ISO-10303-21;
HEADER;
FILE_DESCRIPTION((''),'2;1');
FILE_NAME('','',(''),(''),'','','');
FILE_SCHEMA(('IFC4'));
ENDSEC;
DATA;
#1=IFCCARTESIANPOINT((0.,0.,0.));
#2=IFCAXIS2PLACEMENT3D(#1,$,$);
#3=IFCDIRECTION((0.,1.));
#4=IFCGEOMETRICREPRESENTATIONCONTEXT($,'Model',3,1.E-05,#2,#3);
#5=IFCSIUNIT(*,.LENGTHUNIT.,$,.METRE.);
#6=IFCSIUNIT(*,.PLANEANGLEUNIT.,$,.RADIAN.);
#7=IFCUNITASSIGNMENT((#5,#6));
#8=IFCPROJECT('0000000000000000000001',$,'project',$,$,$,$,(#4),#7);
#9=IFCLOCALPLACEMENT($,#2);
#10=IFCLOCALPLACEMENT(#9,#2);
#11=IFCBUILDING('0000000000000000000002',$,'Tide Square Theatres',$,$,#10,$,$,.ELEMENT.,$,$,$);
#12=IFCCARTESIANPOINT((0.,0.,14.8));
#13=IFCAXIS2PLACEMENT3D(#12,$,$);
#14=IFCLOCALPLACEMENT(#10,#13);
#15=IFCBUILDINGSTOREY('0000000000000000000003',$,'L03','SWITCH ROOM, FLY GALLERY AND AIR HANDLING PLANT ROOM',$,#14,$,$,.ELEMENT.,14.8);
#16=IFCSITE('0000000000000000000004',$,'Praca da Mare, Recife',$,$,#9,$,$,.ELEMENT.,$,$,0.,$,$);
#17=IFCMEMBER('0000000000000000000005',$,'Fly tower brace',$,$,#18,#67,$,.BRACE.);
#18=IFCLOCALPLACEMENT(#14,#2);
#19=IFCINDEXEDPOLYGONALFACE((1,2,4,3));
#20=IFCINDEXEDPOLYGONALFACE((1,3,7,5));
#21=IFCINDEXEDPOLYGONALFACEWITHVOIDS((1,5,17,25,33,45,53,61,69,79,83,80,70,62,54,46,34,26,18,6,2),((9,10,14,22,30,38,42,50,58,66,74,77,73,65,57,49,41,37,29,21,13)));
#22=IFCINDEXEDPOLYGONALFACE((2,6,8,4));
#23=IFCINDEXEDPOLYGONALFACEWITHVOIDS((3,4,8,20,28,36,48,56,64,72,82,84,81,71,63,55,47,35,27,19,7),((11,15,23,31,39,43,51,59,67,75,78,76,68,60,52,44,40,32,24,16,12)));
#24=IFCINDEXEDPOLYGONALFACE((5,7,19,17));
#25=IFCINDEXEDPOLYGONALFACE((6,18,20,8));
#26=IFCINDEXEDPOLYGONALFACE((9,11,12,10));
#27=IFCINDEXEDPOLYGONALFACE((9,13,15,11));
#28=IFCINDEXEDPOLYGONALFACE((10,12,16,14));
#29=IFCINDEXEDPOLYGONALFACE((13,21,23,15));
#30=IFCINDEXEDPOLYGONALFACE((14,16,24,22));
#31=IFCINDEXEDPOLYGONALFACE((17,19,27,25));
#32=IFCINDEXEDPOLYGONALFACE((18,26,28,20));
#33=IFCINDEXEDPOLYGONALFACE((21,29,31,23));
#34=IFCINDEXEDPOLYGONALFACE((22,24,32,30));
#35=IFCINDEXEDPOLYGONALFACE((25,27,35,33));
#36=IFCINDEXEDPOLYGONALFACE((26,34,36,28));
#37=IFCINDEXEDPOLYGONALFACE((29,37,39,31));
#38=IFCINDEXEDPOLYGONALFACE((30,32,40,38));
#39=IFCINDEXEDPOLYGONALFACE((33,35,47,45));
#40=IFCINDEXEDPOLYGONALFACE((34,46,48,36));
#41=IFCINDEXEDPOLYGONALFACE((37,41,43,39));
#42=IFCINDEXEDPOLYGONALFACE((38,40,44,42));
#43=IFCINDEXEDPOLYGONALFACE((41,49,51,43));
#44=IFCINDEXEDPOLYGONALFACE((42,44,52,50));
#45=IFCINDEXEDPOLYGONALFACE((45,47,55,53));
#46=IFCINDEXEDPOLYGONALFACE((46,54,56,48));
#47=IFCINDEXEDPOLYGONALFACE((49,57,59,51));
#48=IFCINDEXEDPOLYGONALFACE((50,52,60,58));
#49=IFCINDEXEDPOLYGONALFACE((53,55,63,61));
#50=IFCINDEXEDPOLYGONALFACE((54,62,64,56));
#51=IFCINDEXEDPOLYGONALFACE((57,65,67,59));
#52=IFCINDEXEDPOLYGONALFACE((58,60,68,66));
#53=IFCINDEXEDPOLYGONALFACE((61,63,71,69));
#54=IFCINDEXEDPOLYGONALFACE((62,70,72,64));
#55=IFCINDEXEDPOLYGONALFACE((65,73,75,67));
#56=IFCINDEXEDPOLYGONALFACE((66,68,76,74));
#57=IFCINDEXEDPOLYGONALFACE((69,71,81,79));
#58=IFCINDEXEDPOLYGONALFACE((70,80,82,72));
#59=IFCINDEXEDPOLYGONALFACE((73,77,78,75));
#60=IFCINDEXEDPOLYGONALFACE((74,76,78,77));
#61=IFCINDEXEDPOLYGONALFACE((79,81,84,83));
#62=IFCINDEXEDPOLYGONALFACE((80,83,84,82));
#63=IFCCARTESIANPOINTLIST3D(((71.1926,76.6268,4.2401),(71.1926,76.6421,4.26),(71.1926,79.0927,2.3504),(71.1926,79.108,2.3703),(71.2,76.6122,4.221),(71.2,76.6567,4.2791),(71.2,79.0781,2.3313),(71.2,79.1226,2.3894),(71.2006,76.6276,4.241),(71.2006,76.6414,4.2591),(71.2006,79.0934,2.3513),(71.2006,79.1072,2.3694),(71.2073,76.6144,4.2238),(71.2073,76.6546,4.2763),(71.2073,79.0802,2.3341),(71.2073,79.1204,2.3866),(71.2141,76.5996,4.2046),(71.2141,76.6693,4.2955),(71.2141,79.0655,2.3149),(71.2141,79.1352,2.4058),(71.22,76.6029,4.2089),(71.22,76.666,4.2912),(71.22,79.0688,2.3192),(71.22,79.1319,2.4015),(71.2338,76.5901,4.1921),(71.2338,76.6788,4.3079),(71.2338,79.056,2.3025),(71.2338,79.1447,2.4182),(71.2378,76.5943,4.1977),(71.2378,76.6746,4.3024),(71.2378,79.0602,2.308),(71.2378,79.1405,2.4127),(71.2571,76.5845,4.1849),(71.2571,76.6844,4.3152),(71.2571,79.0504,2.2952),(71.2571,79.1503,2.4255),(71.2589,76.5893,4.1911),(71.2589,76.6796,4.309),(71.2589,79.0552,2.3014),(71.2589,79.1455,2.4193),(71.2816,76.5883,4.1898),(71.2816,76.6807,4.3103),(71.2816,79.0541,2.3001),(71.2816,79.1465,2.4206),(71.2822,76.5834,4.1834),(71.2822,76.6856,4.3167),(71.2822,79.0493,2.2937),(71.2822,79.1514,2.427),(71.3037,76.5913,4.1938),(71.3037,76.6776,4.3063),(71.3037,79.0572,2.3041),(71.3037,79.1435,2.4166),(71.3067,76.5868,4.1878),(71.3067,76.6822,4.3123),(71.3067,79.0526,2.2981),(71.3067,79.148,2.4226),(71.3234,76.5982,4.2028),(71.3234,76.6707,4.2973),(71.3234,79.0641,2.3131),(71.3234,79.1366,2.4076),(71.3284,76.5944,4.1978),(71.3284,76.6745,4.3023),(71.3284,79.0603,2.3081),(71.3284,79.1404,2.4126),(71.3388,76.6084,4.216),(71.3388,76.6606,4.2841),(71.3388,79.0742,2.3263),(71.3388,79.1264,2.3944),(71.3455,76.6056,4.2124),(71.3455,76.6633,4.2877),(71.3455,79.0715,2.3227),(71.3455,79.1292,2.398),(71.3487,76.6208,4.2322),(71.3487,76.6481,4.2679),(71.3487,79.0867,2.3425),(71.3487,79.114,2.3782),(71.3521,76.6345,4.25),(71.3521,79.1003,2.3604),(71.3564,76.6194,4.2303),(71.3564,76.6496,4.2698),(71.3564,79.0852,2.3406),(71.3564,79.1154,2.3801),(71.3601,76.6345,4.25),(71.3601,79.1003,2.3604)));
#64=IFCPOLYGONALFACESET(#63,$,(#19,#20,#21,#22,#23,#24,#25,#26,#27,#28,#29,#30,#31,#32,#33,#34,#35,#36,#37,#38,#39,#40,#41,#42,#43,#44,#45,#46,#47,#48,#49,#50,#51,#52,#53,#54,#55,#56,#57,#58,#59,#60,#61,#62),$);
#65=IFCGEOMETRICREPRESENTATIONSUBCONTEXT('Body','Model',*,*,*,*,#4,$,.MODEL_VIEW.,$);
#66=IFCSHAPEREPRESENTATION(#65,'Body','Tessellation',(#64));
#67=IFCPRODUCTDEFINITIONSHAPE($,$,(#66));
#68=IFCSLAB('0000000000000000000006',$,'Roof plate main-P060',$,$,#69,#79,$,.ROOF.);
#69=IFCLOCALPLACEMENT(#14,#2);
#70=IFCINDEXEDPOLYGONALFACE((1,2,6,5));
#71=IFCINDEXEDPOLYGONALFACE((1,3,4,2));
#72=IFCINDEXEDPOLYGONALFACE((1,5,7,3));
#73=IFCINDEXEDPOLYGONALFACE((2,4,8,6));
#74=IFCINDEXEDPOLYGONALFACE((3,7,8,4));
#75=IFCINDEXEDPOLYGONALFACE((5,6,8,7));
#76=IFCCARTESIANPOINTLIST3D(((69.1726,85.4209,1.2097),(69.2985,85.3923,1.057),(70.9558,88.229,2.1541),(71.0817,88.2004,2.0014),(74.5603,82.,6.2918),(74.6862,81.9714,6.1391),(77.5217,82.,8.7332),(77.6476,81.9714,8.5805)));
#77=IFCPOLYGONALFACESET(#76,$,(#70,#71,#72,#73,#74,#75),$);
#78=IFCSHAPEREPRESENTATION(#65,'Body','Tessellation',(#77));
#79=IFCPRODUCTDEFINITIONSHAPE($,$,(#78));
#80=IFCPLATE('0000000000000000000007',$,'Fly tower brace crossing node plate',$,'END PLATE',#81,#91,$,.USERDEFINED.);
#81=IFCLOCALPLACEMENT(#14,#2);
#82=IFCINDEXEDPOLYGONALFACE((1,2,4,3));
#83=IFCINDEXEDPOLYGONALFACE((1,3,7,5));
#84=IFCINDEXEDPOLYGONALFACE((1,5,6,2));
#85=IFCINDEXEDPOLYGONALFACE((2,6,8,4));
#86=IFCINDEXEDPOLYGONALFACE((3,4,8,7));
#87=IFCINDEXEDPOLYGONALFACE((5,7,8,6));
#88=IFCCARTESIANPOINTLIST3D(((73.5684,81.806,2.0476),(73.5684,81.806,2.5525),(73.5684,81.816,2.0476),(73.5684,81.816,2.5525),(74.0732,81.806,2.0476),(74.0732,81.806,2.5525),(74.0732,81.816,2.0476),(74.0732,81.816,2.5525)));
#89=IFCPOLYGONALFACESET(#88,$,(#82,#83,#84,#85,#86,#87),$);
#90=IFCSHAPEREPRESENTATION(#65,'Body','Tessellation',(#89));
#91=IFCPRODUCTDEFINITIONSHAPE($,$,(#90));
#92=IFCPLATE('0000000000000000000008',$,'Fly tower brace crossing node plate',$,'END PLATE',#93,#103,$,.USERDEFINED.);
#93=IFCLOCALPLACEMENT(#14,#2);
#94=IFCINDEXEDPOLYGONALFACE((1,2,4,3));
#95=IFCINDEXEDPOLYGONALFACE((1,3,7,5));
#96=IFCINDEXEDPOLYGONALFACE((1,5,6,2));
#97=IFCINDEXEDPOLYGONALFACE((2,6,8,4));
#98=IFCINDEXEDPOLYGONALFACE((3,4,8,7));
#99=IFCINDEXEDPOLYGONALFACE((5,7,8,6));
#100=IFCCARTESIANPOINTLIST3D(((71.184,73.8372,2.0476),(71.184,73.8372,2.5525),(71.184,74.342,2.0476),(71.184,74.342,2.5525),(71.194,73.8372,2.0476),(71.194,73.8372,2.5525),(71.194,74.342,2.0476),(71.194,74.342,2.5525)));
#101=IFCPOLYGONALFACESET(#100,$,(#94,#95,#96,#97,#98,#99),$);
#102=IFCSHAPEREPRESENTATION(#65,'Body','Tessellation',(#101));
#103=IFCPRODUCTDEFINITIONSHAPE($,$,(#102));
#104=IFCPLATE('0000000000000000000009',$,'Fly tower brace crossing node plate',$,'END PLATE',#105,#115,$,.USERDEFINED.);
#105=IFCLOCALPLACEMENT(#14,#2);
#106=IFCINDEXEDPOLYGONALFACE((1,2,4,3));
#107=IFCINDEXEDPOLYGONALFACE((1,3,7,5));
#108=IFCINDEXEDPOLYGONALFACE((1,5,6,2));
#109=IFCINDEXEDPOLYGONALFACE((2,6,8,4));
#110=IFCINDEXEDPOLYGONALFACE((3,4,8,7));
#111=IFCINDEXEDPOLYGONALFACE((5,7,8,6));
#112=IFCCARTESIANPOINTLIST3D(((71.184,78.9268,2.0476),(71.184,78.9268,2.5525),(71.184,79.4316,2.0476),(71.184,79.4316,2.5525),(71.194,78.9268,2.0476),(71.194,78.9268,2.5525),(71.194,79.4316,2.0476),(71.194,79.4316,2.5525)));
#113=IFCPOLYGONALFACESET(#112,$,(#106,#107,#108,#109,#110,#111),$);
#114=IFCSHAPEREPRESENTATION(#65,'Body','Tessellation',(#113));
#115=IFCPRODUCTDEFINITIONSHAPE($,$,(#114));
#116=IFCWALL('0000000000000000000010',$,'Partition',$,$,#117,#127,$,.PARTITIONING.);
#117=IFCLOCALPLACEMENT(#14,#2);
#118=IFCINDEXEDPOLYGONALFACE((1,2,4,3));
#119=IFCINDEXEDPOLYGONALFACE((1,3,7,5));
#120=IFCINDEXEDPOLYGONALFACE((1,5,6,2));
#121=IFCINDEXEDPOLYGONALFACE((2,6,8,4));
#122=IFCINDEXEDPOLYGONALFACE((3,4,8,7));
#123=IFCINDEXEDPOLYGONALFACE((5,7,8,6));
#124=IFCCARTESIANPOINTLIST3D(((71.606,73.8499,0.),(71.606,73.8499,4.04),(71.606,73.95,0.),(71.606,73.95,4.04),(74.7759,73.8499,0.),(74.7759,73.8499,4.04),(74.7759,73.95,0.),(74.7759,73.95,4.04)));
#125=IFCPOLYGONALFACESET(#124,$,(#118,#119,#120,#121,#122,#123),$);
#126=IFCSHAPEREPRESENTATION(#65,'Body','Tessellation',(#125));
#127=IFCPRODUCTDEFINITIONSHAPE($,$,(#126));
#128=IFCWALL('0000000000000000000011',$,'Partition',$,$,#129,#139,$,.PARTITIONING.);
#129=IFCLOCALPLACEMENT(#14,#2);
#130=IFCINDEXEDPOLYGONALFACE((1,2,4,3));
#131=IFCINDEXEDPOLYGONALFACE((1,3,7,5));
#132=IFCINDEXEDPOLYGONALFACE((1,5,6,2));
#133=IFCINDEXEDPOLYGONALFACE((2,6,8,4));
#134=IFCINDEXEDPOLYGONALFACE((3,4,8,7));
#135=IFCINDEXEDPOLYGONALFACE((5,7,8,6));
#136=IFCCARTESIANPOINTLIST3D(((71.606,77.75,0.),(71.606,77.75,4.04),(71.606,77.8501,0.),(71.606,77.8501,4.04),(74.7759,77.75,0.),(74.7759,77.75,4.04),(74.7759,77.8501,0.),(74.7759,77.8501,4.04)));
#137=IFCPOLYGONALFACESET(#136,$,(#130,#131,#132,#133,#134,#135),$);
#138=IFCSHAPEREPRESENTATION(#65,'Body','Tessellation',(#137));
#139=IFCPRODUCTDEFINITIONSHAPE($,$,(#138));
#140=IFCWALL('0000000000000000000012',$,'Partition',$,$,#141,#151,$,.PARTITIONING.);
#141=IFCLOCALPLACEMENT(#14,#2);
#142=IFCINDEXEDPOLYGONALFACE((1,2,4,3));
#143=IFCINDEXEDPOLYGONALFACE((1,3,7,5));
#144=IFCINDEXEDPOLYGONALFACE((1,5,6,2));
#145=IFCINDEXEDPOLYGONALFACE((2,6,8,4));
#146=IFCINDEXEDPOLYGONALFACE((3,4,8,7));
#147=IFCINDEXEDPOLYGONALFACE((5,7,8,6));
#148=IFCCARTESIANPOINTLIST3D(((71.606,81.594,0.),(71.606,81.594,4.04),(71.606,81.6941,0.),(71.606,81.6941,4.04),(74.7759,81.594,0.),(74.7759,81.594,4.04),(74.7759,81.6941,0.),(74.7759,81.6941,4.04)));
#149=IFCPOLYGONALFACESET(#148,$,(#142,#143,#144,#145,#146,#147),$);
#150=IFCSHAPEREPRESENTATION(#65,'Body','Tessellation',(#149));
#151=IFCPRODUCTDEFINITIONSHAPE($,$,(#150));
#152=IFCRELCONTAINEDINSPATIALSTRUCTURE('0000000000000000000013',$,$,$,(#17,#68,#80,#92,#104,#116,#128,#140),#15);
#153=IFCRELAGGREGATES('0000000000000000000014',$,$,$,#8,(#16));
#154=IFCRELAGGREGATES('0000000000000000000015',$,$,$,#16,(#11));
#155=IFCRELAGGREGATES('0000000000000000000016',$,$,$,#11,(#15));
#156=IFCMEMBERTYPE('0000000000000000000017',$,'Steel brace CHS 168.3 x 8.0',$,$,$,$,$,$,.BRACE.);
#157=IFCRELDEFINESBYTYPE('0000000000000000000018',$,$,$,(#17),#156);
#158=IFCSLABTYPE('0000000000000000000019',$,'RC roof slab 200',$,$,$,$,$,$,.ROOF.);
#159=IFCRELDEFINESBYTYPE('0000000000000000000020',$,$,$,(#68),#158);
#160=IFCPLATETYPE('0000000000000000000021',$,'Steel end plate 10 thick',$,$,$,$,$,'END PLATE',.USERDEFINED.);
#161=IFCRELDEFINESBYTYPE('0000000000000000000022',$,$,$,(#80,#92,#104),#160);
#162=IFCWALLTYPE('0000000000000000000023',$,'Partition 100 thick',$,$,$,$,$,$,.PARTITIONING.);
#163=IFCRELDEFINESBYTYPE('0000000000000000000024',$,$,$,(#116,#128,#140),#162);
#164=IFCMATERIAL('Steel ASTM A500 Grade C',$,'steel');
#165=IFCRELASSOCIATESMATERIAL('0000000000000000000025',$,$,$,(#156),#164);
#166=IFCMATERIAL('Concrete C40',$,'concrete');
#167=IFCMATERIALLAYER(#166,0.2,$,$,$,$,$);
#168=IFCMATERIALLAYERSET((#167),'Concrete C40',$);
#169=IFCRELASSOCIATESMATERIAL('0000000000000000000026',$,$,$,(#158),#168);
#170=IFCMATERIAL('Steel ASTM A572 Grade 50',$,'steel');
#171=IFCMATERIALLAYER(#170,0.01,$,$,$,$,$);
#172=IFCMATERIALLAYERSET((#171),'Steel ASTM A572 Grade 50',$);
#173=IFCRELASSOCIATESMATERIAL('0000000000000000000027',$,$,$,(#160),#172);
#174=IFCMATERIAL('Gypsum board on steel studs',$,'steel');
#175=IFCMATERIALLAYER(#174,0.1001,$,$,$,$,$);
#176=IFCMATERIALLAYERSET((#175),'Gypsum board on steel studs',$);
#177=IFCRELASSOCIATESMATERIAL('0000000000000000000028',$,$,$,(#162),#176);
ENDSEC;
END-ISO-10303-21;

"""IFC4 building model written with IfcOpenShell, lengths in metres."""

from ifc_helpers import new_model, si_unit, direction, frame, frame_2d, origin, origin_2d, place, context, subcontext, project, spatial, polyline, rectangle, hollow_circle, outline, extrude, material, layer, layer_set, material_profile, profile_set, type_object, element, save


model = new_model("IFC4")

# Units and contexts
model_context = context("Model", 3, precision=1e-05, world=origin(), true_north=direction((0.0, 1.0)))
body_context = subcontext(model_context, "Body", "Model", "MODEL_VIEW")
ifc_project = project(units=[si_unit("LENGTHUNIT", "METRE"), si_unit("PLANEANGLEUNIT", "RADIAN")], contexts=[model_context])

# Site, building, storey
site_placement = place(None, origin())
site = spatial("IfcSite", under=ifc_project, at=site_placement, Name="Praca da Mare, Recife", CompositionType="ELEMENT", RefElevation=0.0)
building_placement = place(site_placement, origin())
building = spatial("IfcBuilding", under=site, at=building_placement, Name="Tide Square Theatres", CompositionType="ELEMENT")
storey_placement = place(building_placement, frame((0.0, 0.0, 14.8)))
storey = spatial("IfcBuildingStorey", under=building, at=storey_placement, Name="L03", Description="SWITCH ROOM, FLY GALLERY AND AIR HANDLING PLANT ROOM", CompositionType="ELEMENT", Elevation=14.8)

# Member
ifc_material_1 = material(Name="Steel ASTM A500 Grade C", Category="steel")
ifc_material_profile_1 = material_profile(ifc_material_1, hollow_circle(Radius=0.0842, WallThickness=0.0081, at=origin_2d()))
ifc_profile_set_1 = profile_set([ifc_material_profile_1], Name="Steel ASTM A500 Grade C")
member_type = type_object("IfcMemberType", Name="Steel brace CHS 168.3 x 8.0", PredefinedType="BRACE", material=ifc_profile_set_1)
for number, where, z_axis, x_axis, name in (
    (1, (71.2759, 79.1003, 2.3604), (0.0, -0.793733, 0.608267), (1.0, 0.0, 0.0), "Fly tower brace"),
):
    element("IfcMember", number, at=place(storey_placement, frame(where, z_axis=z_axis, x_axis=x_axis)), inside=storey, type_object=member_type, Name=name, PredefinedType="BRACE", context=body_context, shape_type="SweptSolid", body=[
        extrude(hollow_circle(Radius=0.0842, WallThickness=0.0081, at=origin_2d()), origin(), (0.0, 0.0, 1.0), 3.1067),
    ])

# Slab
ifc_material_2 = material(Name="Concrete C40", Category="concrete")
ifc_layer_1 = layer(ifc_material_2, 0.2)
ifc_layer_set_1 = layer_set([ifc_layer_1], Name="Concrete C40")
slab_type = type_object("IfcSlabType", Name="RC roof slab 200", PredefinedType="ROOF", material=ifc_layer_set_1)
slab_placement = place(storey_placement, frame((69.1726, 85.4209, 1.2097), z_axis=(-0.629572, 0.142971, 0.763675), x_axis=(0.660399, -0.419318, 0.622933)))
element("IfcSlab", 2, at=slab_placement, inside=storey, type_object=slab_type, Name="Roof plate main-P060", PredefinedType="ROOF", context=body_context, shape_type="SweptSolid", body=[
    extrude(outline(polyline([(0.0, 0.0), (8.1582, 0.0), (11.6348, 1.6261), (0.5884, 3.4075), (0.0, 0.0)])), origin(), (0.0, 0.0, -1.0), 0.2),
])

# Plates
ifc_material_3 = material(Name="Steel ASTM A572 Grade 50", Category="steel")
ifc_layer_2 = layer(ifc_material_3, 0.01)
ifc_layer_set_2 = layer_set([ifc_layer_2], Name="Steel ASTM A572 Grade 50")
plate_type = type_object("IfcPlateType", Name="Steel end plate 10 thick", ElementType="END PLATE", PredefinedType="USERDEFINED", material=ifc_layer_set_2)
for number, where, z_axis, x_axis, name in (
    (3, (73.8208, 81.811, 2.0476), (0.0, 0.0, 1.0), (0.0, 1.0, 0.0), "Fly tower brace crossing node plate"),
    (4, (71.189, 74.0896, 2.0476), (0.0, 0.0, 1.0), (-1.0, 0.0, 0.0), "Fly tower brace crossing node plate"),
    (5, (71.189, 79.1792, 2.0476), (0.0, 0.0, 1.0), (-1.0, 0.0, 0.0), "Fly tower brace crossing node plate"),
):
    element("IfcPlate", number, at=place(storey_placement, frame(where, z_axis=z_axis, x_axis=x_axis)), inside=storey, type_object=plate_type, Name=name, ObjectType="END PLATE", PredefinedType="USERDEFINED", context=body_context, shape_type="SweptSolid", body=[
        extrude(rectangle(XDim=0.01, YDim=0.5049, at=origin_2d()), origin(), (0.0, 0.0, 1.0), 0.5049),
    ])

# Walls
ifc_material_4 = material(Name="Gypsum board on steel studs", Category="steel")
ifc_layer_3 = layer(ifc_material_4, 0.1001)
ifc_layer_set_3 = layer_set([ifc_layer_3], Name="Gypsum board on steel studs")
wall_type_1 = type_object("IfcWallType", Name="Partition 100 thick", PredefinedType="PARTITIONING", material=ifc_layer_set_3)
for number, where, z_axis, x_axis, name in (
    (6, (71.606, 73.8999, 0.0), (0.0, 0.0, 1.0), (1.0, 0.0, 0.0), "Partition"),
    (7, (71.606, 77.8, 0.0), (0.0, 0.0, 1.0), (1.0, 0.0, 0.0), "Partition"),
    (8, (71.606, 81.644, 0.0), (0.0, 0.0, 1.0), (1.0, 0.0, 0.0), "Partition"),
):
    element("IfcWall", number, at=place(storey_placement, frame(where, z_axis=z_axis, x_axis=x_axis)), inside=storey, type_object=wall_type_1, Name=name, PredefinedType="PARTITIONING", context=body_context, shape_type="SweptSolid", body=[
        extrude(rectangle(XDim=3.1699, YDim=0.1001, at=frame_2d((1.585, 0.0))), origin(), (0.0, 0.0, 1.0), 4.04),
    ])

save(model, "model.ifc")
